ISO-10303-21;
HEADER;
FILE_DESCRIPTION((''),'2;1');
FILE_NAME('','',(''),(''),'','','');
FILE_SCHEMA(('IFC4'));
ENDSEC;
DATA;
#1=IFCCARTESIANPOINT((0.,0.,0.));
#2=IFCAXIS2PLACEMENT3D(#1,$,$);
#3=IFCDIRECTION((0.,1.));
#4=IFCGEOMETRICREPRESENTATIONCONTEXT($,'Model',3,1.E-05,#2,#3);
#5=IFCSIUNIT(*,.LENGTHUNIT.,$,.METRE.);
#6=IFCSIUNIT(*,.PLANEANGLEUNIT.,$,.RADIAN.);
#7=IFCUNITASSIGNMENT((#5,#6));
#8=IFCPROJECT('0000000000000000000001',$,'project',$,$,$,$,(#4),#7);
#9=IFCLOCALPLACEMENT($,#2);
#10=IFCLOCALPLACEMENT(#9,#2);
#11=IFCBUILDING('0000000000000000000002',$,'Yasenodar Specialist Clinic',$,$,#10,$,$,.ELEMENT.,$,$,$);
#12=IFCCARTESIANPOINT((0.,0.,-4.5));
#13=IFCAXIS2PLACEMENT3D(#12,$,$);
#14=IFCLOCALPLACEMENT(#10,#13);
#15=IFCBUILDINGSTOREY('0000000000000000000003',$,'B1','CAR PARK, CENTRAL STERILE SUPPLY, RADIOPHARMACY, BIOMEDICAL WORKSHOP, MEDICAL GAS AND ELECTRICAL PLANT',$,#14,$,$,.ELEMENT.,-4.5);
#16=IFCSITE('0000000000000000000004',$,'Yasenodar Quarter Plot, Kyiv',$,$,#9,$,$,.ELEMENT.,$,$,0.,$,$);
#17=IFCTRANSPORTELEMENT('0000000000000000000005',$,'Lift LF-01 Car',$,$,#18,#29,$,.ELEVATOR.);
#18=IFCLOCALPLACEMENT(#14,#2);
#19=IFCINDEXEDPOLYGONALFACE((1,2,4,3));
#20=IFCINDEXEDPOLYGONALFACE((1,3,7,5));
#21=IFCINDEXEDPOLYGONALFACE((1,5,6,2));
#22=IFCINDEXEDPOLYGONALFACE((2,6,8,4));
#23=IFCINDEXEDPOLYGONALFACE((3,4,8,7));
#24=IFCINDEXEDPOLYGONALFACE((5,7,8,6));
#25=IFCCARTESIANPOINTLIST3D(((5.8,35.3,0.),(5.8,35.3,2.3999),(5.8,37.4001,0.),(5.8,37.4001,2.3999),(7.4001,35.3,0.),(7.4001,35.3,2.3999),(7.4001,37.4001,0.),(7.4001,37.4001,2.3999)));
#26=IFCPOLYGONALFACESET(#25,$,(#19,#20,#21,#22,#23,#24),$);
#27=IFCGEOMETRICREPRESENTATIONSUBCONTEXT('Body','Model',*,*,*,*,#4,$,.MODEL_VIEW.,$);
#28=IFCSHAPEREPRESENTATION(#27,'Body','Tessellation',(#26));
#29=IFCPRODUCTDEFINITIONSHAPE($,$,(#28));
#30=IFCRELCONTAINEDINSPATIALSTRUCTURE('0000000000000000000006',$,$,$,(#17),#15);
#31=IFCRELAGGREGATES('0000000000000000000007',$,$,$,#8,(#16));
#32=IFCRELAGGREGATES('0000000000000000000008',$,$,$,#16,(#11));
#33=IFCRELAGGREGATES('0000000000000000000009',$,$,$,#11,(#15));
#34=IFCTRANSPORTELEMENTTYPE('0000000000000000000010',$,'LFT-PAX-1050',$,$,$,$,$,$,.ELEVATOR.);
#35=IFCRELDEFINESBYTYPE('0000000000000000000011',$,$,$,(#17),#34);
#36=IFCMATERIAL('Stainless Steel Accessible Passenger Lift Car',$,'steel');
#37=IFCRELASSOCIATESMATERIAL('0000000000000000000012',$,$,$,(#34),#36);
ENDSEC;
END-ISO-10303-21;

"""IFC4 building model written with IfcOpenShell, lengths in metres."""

from ifc_helpers import new_model, si_unit, direction, frame, origin, origin_2d, place, context, subcontext, project, spatial, rectangle, extrude, material, type_object, element, save


model = new_model("IFC4")

# Units and contexts
model_context = context("Model", 3, precision=1e-05, world=origin(), true_north=direction((0.0, 1.0)))
body_context = subcontext(model_context, "Body", "Model", "MODEL_VIEW")
ifc_project = project(units=[si_unit("LENGTHUNIT", "METRE"), si_unit("PLANEANGLEUNIT", "RADIAN")], contexts=[model_context])

# Site, building, storey
site_placement = place(None, origin())
site = spatial("IfcSite", under=ifc_project, at=site_placement, Name="Yasenodar Quarter Plot, Kyiv", CompositionType="ELEMENT", RefElevation=0.0)
building_placement = place(site_placement, origin())
building = spatial("IfcBuilding", under=site, at=building_placement, Name="Yasenodar Specialist Clinic", CompositionType="ELEMENT")
storey_placement = place(building_placement, frame((0.0, 0.0, -4.5)))
storey = spatial("IfcBuildingStorey", under=building, at=storey_placement, Name="B1", Description="CAR PARK, CENTRAL STERILE SUPPLY, RADIOPHARMACY, BIOMEDICAL WORKSHOP, MEDICAL GAS AND ELECTRICAL PLANT", CompositionType="ELEMENT", Elevation=-4.5)

# Transport element
ifc_material_1 = material(Name="Stainless Steel Accessible Passenger Lift Car", Category="steel")
transport_element_type = type_object("IfcTransportElementType", Name="LFT-PAX-1050", PredefinedType="ELEVATOR", material=ifc_material_1)
transport_element_placement = place(storey_placement, frame((6.6001, 36.3501, 0.0), z_axis=(0.0, 0.0, 1.0), x_axis=(1.0, 0.0, 0.0)))
element("IfcTransportElement", 1, at=transport_element_placement, inside=storey, type_object=transport_element_type, Name="Lift LF-01 Car", PredefinedType="ELEVATOR", context=body_context, shape_type="SweptSolid", body=[
    extrude(rectangle(XDim=1.6001, YDim=2.1001, at=origin_2d()), origin(), (0.0, 0.0, 1.0), 2.3999),
])

save(model, "model.ifc")
